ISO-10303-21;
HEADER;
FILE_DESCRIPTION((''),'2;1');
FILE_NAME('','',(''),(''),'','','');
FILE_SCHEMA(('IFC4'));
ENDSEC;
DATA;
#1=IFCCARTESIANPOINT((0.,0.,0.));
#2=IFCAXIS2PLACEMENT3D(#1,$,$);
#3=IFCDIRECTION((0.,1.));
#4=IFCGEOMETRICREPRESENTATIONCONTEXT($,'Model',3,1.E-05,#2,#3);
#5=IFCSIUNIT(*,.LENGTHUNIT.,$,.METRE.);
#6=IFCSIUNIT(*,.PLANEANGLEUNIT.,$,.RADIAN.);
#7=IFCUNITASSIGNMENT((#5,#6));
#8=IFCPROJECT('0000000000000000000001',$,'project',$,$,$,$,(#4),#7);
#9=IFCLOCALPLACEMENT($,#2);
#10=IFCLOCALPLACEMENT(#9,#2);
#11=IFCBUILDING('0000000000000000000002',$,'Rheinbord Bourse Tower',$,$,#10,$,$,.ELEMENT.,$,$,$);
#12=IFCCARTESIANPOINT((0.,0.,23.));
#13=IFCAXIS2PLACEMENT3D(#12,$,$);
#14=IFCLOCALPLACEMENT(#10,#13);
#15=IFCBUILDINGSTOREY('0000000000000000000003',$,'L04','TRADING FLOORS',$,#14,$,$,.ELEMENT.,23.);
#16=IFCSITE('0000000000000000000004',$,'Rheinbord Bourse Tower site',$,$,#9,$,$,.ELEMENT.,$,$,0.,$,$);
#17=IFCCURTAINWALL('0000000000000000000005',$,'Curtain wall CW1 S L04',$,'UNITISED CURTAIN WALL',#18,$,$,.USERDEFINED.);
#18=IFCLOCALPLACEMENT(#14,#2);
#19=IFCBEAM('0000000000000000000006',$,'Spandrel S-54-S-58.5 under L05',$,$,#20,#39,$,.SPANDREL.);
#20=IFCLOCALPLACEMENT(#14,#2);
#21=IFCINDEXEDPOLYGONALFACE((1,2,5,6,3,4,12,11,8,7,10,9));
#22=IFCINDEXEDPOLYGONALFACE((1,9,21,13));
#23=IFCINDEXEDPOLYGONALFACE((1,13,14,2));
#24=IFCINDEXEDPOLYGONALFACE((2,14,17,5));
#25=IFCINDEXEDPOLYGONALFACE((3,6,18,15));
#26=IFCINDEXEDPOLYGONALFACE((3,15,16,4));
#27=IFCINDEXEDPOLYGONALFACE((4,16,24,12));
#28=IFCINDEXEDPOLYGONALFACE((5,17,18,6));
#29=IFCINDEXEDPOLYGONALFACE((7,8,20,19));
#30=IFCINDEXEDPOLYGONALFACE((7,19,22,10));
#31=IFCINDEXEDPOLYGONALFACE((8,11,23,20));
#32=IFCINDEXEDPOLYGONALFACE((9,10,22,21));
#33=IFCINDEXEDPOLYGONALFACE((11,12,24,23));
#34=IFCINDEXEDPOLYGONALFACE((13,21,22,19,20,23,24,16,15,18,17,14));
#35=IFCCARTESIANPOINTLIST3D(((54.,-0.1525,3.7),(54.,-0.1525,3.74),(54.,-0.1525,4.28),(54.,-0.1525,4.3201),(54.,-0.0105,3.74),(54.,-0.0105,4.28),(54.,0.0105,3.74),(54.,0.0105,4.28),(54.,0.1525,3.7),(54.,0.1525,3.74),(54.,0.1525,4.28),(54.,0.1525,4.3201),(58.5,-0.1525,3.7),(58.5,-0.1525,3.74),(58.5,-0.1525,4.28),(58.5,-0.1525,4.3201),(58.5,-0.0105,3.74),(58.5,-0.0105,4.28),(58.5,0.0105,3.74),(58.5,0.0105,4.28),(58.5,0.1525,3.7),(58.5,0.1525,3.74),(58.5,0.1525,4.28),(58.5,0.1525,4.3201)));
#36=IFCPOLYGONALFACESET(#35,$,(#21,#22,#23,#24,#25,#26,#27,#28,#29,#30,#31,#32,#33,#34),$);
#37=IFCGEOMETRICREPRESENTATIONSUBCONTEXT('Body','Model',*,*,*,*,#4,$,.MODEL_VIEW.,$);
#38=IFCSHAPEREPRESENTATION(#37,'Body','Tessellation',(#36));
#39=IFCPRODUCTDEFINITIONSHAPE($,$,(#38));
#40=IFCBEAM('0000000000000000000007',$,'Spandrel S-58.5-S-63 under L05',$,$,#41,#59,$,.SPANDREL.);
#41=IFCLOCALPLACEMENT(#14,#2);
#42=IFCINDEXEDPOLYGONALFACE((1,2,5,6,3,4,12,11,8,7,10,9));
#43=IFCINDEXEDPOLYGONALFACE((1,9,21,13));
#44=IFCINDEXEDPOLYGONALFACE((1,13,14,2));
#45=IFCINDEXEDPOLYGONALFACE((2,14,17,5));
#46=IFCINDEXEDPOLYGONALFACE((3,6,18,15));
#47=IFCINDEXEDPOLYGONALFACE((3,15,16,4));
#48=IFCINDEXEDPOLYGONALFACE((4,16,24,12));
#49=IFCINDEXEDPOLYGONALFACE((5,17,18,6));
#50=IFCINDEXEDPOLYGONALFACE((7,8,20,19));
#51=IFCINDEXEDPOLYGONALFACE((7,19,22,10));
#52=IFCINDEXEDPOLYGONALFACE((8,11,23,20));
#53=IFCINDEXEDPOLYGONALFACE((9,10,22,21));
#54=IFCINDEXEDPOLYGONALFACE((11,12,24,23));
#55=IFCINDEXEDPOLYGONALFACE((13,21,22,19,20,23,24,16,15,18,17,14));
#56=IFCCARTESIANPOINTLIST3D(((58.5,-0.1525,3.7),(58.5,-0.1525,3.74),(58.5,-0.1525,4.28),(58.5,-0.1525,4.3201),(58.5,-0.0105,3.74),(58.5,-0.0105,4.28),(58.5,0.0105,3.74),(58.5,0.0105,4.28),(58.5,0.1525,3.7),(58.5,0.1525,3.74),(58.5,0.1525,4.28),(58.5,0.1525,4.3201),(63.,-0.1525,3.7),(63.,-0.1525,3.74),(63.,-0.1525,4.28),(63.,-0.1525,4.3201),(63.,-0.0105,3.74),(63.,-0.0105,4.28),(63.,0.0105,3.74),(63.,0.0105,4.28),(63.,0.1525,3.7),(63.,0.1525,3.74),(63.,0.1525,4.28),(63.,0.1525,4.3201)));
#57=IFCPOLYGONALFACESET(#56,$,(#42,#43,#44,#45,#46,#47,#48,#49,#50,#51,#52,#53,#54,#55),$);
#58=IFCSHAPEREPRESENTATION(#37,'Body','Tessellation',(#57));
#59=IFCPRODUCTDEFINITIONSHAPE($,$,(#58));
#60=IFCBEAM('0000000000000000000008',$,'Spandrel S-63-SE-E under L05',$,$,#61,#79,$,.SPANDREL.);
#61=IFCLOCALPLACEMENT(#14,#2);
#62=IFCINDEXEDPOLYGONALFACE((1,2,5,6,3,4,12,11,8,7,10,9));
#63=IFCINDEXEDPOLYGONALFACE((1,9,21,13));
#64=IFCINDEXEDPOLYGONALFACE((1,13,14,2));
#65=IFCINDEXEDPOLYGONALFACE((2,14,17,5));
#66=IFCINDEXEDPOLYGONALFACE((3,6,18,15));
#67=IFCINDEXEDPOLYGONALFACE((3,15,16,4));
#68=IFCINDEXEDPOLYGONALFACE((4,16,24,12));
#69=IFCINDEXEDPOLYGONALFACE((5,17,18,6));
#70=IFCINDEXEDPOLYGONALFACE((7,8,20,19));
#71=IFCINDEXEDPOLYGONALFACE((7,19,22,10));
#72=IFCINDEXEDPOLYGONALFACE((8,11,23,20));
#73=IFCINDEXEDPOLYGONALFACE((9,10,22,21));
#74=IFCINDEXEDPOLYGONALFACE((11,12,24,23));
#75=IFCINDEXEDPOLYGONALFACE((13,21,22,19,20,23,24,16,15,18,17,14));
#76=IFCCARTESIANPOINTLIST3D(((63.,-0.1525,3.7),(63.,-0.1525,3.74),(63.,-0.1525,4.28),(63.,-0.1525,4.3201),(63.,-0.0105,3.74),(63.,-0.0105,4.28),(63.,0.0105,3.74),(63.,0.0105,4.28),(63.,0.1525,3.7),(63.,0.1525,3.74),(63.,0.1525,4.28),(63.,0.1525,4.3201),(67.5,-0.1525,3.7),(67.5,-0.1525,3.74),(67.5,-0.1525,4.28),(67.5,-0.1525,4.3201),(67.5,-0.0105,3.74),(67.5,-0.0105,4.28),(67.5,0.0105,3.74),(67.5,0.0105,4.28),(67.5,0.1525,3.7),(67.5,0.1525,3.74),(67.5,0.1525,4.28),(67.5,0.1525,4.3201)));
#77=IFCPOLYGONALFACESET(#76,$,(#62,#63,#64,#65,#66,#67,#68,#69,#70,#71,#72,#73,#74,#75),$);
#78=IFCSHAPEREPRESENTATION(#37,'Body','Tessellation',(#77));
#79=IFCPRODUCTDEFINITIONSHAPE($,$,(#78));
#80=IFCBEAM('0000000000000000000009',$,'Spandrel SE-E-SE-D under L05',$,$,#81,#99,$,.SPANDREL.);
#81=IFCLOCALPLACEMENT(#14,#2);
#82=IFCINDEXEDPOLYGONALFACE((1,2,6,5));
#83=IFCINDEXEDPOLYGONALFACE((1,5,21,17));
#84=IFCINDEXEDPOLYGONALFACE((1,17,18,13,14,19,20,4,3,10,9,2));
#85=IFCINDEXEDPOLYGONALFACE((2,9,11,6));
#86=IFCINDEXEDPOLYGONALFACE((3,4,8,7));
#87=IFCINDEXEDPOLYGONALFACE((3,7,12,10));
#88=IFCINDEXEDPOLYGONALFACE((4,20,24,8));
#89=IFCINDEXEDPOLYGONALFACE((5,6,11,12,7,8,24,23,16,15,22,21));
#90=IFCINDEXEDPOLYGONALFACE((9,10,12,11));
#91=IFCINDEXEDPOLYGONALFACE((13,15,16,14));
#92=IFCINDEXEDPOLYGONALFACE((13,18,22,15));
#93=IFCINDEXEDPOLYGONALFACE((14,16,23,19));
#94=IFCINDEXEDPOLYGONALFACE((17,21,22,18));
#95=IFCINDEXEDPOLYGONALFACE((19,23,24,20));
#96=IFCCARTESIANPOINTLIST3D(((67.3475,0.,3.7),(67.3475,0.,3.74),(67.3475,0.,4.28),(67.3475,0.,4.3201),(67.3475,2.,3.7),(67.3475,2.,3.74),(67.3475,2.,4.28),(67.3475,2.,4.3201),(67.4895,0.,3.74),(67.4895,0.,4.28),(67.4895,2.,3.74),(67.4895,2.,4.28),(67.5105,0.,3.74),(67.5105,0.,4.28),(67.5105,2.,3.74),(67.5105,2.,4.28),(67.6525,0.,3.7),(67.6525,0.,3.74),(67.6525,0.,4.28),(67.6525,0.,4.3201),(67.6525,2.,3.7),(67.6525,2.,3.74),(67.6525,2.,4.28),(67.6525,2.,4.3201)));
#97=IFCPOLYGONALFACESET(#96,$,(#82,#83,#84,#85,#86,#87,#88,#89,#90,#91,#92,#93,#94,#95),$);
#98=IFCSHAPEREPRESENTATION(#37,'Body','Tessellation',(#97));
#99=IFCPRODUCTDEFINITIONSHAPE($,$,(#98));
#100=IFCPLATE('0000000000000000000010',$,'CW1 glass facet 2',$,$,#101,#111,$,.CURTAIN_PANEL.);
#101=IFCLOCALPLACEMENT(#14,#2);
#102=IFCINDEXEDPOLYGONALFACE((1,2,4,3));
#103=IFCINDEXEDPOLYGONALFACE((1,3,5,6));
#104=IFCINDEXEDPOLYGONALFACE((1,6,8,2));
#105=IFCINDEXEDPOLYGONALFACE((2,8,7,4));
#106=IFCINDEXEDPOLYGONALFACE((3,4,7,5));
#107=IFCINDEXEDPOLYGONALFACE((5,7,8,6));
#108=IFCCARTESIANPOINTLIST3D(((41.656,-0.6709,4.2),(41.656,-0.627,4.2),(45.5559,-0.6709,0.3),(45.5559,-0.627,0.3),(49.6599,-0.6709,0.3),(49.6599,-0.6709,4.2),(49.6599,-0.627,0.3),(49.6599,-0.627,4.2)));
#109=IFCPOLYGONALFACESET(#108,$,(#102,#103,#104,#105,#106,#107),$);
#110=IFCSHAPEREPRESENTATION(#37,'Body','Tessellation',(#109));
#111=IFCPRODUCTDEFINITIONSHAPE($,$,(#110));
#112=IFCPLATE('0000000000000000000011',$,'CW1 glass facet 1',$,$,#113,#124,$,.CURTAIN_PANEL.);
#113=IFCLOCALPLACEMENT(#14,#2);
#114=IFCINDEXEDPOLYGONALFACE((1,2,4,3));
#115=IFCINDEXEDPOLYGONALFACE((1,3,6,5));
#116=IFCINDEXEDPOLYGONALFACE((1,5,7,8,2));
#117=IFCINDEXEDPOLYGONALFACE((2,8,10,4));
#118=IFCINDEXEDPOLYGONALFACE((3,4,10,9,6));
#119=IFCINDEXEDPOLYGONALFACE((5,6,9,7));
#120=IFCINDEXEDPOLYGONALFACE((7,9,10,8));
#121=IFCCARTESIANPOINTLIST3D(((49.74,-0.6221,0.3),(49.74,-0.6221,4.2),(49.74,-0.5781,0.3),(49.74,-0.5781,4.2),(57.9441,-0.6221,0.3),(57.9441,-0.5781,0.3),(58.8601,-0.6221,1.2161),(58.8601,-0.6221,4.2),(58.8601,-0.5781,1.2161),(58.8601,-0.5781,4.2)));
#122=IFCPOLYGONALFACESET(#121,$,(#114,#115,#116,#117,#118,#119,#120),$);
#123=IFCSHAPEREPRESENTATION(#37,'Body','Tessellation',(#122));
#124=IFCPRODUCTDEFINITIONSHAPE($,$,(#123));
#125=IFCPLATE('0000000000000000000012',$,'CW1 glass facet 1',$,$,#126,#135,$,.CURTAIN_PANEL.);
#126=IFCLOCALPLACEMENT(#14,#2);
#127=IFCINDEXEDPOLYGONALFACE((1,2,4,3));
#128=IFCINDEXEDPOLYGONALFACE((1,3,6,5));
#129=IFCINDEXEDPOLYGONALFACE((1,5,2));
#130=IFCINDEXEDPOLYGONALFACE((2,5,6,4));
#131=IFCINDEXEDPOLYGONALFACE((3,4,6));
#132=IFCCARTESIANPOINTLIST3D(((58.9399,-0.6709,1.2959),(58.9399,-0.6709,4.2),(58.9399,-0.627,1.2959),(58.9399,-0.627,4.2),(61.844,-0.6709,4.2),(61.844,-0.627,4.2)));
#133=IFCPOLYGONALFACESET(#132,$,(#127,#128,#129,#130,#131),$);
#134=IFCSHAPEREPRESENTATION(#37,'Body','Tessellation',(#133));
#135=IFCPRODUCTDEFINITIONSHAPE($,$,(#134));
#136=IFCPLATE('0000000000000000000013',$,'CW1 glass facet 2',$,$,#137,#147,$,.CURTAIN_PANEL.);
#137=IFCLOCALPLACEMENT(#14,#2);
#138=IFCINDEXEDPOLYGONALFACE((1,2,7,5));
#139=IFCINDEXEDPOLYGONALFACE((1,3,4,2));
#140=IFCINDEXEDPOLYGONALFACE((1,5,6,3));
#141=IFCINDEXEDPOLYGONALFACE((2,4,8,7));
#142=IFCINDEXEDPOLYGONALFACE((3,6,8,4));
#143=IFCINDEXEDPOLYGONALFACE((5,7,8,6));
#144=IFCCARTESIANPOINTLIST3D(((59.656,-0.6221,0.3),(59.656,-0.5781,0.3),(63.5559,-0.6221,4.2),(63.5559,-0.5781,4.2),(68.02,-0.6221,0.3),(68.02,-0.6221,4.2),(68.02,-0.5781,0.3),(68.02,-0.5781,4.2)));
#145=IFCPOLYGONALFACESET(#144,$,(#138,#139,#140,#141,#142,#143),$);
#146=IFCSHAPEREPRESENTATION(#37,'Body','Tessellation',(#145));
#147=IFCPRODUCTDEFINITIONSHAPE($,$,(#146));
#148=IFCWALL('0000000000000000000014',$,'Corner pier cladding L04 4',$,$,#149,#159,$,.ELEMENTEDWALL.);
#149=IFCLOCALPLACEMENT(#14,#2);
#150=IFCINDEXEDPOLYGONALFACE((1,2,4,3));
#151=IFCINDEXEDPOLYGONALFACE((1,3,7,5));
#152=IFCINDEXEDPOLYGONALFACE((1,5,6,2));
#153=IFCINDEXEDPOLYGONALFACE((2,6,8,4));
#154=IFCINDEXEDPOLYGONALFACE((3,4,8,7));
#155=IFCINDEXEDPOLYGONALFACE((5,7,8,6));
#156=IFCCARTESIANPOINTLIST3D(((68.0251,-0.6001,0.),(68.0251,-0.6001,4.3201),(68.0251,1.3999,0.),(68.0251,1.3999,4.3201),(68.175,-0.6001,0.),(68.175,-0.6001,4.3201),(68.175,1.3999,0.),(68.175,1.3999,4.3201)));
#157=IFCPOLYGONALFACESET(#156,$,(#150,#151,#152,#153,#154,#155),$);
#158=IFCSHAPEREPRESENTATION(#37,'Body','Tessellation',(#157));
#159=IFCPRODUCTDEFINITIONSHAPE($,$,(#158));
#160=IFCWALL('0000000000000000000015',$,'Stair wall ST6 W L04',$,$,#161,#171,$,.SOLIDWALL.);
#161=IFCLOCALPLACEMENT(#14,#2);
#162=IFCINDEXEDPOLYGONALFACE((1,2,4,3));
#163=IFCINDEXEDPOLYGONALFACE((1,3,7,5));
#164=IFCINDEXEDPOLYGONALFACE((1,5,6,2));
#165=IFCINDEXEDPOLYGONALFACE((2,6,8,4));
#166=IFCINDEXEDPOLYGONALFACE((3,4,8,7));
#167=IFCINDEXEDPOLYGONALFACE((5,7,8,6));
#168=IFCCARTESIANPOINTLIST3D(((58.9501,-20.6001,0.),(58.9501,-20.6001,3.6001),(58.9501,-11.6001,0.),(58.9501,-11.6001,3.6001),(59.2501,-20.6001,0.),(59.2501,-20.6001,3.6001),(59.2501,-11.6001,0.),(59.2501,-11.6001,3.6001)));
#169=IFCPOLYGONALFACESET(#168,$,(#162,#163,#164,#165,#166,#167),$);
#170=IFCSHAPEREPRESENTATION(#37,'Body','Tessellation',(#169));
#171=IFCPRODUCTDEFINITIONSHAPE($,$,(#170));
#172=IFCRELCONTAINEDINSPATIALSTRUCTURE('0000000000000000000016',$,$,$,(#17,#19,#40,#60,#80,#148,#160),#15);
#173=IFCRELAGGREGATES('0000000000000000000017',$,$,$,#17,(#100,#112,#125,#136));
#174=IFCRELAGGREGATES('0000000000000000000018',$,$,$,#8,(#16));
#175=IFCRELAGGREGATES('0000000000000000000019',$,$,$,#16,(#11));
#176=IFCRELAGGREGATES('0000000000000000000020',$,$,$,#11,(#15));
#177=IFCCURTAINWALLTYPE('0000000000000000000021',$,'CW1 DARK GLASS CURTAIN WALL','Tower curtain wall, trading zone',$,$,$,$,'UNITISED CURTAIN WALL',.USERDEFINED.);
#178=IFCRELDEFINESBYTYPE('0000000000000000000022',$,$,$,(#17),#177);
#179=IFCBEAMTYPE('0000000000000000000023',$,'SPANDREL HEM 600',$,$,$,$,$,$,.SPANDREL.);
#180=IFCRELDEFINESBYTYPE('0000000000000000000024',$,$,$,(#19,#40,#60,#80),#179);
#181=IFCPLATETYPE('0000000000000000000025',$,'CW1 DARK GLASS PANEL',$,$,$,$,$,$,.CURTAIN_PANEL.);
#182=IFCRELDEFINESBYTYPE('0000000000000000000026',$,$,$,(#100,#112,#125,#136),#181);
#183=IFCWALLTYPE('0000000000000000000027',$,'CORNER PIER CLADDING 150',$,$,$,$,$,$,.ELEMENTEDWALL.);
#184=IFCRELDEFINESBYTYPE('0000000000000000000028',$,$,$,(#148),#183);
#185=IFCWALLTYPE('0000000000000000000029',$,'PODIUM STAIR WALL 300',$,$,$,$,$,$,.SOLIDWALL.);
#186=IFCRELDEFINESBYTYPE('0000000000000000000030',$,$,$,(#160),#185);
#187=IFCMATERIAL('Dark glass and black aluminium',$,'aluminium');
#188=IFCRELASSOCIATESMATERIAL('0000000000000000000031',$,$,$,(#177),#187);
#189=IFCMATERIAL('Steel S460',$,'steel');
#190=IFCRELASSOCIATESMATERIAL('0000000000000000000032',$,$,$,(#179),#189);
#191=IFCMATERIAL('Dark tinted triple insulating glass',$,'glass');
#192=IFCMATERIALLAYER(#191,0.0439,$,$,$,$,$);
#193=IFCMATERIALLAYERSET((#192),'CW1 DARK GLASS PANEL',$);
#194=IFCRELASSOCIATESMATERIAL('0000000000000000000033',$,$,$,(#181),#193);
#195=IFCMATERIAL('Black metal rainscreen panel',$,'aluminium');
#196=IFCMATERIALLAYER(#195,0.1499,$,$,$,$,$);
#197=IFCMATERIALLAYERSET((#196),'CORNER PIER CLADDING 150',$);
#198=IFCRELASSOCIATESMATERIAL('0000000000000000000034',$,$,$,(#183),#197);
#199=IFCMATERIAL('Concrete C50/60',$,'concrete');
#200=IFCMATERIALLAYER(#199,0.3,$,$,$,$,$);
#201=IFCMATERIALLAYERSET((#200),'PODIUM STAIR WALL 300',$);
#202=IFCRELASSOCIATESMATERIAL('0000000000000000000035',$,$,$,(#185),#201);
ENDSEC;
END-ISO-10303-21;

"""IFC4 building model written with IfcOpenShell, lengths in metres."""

from ifc_helpers import new_model, si_unit, direction, frame, frame_2d, origin, origin_2d, place, context, subcontext, project, spatial, polyline, rectangle, i_section, outline, extrude, material, layer, layer_set, material_profile, profile_set, type_object, element, aggregate, save


model = new_model("IFC4")

# Units and contexts
model_context = context("Model", 3, precision=1e-05, world=origin(), true_north=direction((0.0, 1.0)))
body_context = subcontext(model_context, "Body", "Model", "MODEL_VIEW")
ifc_project = project(units=[si_unit("LENGTHUNIT", "METRE"), si_unit("PLANEANGLEUNIT", "RADIAN")], contexts=[model_context])

# Site, building, storey
site_placement = place(None, origin())
site = spatial("IfcSite", under=ifc_project, at=site_placement, Name="Rheinbord Bourse Tower site", CompositionType="ELEMENT", RefElevation=0.0)
building_placement = place(site_placement, origin())
building = spatial("IfcBuilding", under=site, at=building_placement, Name="Rheinbord Bourse Tower", CompositionType="ELEMENT")
storey_placement = place(building_placement, frame((0.0, 0.0, 23.0)))
storey = spatial("IfcBuildingStorey", under=building, at=storey_placement, Name="L04", Description="TRADING FLOORS", CompositionType="ELEMENT", Elevation=23.0)

# Curtain wall
ifc_material_1 = material(Name="Dark glass and black aluminium", Category="aluminium")
curtain_wall_type = type_object("IfcCurtainWallType", Name="CW1 DARK GLASS CURTAIN WALL", Description="Tower curtain wall, trading zone", ElementType="UNITISED CURTAIN WALL", PredefinedType="USERDEFINED", material=ifc_material_1)
curtain_wall_placement = place(storey_placement, origin())
curtain_wall = element("IfcCurtainWall", 1, at=curtain_wall_placement, inside=storey, type_object=curtain_wall_type, Name="Curtain wall CW1 S L04", ObjectType="UNITISED CURTAIN WALL", PredefinedType="USERDEFINED")

# Beams
ifc_material_2 = material(Name="Steel S460", Category="steel")
ifc_material_profile_1 = material_profile(ifc_material_2, i_section(OverallWidth=0.3049, OverallDepth=0.6201, WebThickness=0.021, FlangeThickness=0.04, at=origin_2d()), Name="HEM 600")
ifc_profile_set_1 = profile_set([ifc_material_profile_1], Name="Steel S460")
beam_type_1 = type_object("IfcBeamType", Name="SPANDREL HEM 600", PredefinedType="SPANDREL", material=ifc_profile_set_1)
for number, where, z_axis, x_axis, name in (
    (2, (54.0, 0.0, 4.01), (1.0, 0.0, 0.0), (0.0, 1.0, 0.0), "Spandrel S-54-S-58.5 under L05"),
    (3, (58.5, 0.0, 4.01), (1.0, 0.0, 0.0), (0.0, 1.0, 0.0), "Spandrel S-58.5-S-63 under L05"),
    (4, (63.0, 0.0, 4.01), (1.0, 0.0, 0.0), (0.0, 1.0, 0.0), "Spandrel S-63-SE-E under L05"),
):
    element("IfcBeam", number, at=place(storey_placement, frame(where, z_axis=z_axis, x_axis=x_axis)), inside=storey, type_object=beam_type_1, Name=name, PredefinedType="SPANDREL", context=body_context, shape_type="SweptSolid", body=[
        extrude(i_section(OverallWidth=0.3049, OverallDepth=0.6201, WebThickness=0.021, FlangeThickness=0.04, at=origin_2d()), origin(), (0.0, 0.0, 1.0), 4.5),
    ])
beam_placement = place(storey_placement, frame((67.5, 0.0, 4.01), z_axis=(0.0, 1.0, 0.0), x_axis=(-1.0, 0.0, 0.0)))
element("IfcBeam", 5, at=beam_placement, inside=storey, type_object=beam_type_1, Name="Spandrel SE-E-SE-D under L05", PredefinedType="SPANDREL", context=body_context, shape_type="SweptSolid", body=[
    extrude(i_section(OverallWidth=0.3049, OverallDepth=0.6201, WebThickness=0.021, FlangeThickness=0.04, at=origin_2d()), origin(), (0.0, 0.0, 1.0), 2.0),
])

# Plates
ifc_material_3 = material(Name="Dark tinted triple insulating glass", Category="glass")
ifc_layer_1 = layer(ifc_material_3, 0.0439)
ifc_layer_set_1 = layer_set([ifc_layer_1], Name="CW1 DARK GLASS PANEL")
plate_type = type_object("IfcPlateType", Name="CW1 DARK GLASS PANEL", PredefinedType="CURTAIN_PANEL", material=ifc_layer_set_1)
plate_1_placement = place(storey_placement, frame((49.6599, -0.6709, 4.2), z_axis=(0.0, 1.0, 0.0), x_axis=(0.0, 0.0, -1.0)))
plate_1 = element("IfcPlate", 6, at=plate_1_placement, type_object=plate_type, Name="CW1 glass facet 2", PredefinedType="CURTAIN_PANEL", context=body_context, shape_type="SweptSolid", body=[
    extrude(outline(polyline([(0.0, 0.0), (3.8999, 0.0), (3.8999, 4.104), (0.0, 8.0039), (0.0, 0.0)])), origin(), (0.0, 0.0, 1.0), 0.0439),
])
plate_2_placement = place(storey_placement, frame((49.74, -0.6221, 0.3), z_axis=(0.0, 1.0, 0.0), x_axis=(0.0, 0.0, 1.0)))
plate_2 = element("IfcPlate", 7, at=plate_2_placement, type_object=plate_type, Name="CW1 glass facet 1", PredefinedType="CURTAIN_PANEL", context=body_context, shape_type="SweptSolid", body=[
    extrude(outline(polyline([(0.0, 0.0), (3.8999, 0.0), (3.8999, 9.1201), (0.916, 9.1201), (0.0, 8.2041), (0.0, 0.0)])), origin(), (0.0, 0.0, 1.0), 0.0439),
])
plate_3_placement = place(storey_placement, frame((58.9399, -0.6709, 4.2), z_axis=(0.0, 1.0, 0.0), x_axis=(1.0, 0.0, 0.0)))
plate_3 = element("IfcPlate", 8, at=plate_3_placement, type_object=plate_type, Name="CW1 glass facet 1", PredefinedType="CURTAIN_PANEL", context=body_context, shape_type="SweptSolid", body=[
    extrude(outline(polyline([(0.0, 0.0), (2.9041, 0.0), (0.0, 2.9041), (0.0, 0.0)])), origin(), (0.0, 0.0, 1.0), 0.0439),
])
plate_4_placement = place(storey_placement, frame((68.02, -0.6221, 4.2), z_axis=(0.0, 1.0, 0.0), x_axis=(0.0, 0.0, -1.0)))
plate_4 = element("IfcPlate", 9, at=plate_4_placement, type_object=plate_type, Name="CW1 glass facet 2", PredefinedType="CURTAIN_PANEL", context=body_context, shape_type="SweptSolid", body=[
    extrude(outline(polyline([(0.0, 0.0), (3.8999, 0.0), (3.8999, 8.364), (0.0, 4.4641), (0.0, 0.0)])), origin(), (0.0, 0.0, 1.0), 0.0439),
])
aggregate(curtain_wall, [plate_1, plate_2, plate_3, plate_4])

# Walls
ifc_material_4 = material(Name="Black metal rainscreen panel", Category="aluminium")
ifc_layer_2 = layer(ifc_material_4, 0.1499)
ifc_layer_set_2 = layer_set([ifc_layer_2], Name="CORNER PIER CLADDING 150")
wall_type_1 = type_object("IfcWallType", Name="CORNER PIER CLADDING 150", PredefinedType="ELEMENTEDWALL", material=ifc_layer_set_2)
wall_1_placement = place(storey_placement, frame((68.1001, -0.6001, 0.0), z_axis=(0.0, 0.0, 1.0), x_axis=(0.0, 1.0, 0.0)))
element("IfcWall", 10, at=wall_1_placement, inside=storey, type_object=wall_type_1, Name="Corner pier cladding L04 4", PredefinedType="ELEMENTEDWALL", context=body_context, shape_type="SweptSolid", body=[
    extrude(rectangle(XDim=2.0, YDim=0.1499, at=frame_2d((1.0, 0.0))), origin(), (0.0, 0.0, 1.0), 4.3201),
])
ifc_material_5 = material(Name="Concrete C50/60", Category="concrete")
ifc_layer_3 = layer(ifc_material_5, 0.3)
ifc_layer_set_3 = layer_set([ifc_layer_3], Name="PODIUM STAIR WALL 300")
wall_type_2 = type_object("IfcWallType", Name="PODIUM STAIR WALL 300", PredefinedType="SOLIDWALL", material=ifc_layer_set_3)
wall_2_placement = place(storey_placement, frame((59.1001, -20.6001, 0.0), z_axis=(0.0, 0.0, 1.0), x_axis=(0.0, 1.0, 0.0)))
element("IfcWall", 11, at=wall_2_placement, inside=storey, type_object=wall_type_2, Name="Stair wall ST6 W L04", PredefinedType="SOLIDWALL", context=body_context, shape_type="SweptSolid", body=[
    extrude(rectangle(XDim=9.0, YDim=0.3, at=frame_2d((4.5, 0.0))), origin(), (0.0, 0.0, 1.0), 3.6001),
])

save(model, "model.ifc")
